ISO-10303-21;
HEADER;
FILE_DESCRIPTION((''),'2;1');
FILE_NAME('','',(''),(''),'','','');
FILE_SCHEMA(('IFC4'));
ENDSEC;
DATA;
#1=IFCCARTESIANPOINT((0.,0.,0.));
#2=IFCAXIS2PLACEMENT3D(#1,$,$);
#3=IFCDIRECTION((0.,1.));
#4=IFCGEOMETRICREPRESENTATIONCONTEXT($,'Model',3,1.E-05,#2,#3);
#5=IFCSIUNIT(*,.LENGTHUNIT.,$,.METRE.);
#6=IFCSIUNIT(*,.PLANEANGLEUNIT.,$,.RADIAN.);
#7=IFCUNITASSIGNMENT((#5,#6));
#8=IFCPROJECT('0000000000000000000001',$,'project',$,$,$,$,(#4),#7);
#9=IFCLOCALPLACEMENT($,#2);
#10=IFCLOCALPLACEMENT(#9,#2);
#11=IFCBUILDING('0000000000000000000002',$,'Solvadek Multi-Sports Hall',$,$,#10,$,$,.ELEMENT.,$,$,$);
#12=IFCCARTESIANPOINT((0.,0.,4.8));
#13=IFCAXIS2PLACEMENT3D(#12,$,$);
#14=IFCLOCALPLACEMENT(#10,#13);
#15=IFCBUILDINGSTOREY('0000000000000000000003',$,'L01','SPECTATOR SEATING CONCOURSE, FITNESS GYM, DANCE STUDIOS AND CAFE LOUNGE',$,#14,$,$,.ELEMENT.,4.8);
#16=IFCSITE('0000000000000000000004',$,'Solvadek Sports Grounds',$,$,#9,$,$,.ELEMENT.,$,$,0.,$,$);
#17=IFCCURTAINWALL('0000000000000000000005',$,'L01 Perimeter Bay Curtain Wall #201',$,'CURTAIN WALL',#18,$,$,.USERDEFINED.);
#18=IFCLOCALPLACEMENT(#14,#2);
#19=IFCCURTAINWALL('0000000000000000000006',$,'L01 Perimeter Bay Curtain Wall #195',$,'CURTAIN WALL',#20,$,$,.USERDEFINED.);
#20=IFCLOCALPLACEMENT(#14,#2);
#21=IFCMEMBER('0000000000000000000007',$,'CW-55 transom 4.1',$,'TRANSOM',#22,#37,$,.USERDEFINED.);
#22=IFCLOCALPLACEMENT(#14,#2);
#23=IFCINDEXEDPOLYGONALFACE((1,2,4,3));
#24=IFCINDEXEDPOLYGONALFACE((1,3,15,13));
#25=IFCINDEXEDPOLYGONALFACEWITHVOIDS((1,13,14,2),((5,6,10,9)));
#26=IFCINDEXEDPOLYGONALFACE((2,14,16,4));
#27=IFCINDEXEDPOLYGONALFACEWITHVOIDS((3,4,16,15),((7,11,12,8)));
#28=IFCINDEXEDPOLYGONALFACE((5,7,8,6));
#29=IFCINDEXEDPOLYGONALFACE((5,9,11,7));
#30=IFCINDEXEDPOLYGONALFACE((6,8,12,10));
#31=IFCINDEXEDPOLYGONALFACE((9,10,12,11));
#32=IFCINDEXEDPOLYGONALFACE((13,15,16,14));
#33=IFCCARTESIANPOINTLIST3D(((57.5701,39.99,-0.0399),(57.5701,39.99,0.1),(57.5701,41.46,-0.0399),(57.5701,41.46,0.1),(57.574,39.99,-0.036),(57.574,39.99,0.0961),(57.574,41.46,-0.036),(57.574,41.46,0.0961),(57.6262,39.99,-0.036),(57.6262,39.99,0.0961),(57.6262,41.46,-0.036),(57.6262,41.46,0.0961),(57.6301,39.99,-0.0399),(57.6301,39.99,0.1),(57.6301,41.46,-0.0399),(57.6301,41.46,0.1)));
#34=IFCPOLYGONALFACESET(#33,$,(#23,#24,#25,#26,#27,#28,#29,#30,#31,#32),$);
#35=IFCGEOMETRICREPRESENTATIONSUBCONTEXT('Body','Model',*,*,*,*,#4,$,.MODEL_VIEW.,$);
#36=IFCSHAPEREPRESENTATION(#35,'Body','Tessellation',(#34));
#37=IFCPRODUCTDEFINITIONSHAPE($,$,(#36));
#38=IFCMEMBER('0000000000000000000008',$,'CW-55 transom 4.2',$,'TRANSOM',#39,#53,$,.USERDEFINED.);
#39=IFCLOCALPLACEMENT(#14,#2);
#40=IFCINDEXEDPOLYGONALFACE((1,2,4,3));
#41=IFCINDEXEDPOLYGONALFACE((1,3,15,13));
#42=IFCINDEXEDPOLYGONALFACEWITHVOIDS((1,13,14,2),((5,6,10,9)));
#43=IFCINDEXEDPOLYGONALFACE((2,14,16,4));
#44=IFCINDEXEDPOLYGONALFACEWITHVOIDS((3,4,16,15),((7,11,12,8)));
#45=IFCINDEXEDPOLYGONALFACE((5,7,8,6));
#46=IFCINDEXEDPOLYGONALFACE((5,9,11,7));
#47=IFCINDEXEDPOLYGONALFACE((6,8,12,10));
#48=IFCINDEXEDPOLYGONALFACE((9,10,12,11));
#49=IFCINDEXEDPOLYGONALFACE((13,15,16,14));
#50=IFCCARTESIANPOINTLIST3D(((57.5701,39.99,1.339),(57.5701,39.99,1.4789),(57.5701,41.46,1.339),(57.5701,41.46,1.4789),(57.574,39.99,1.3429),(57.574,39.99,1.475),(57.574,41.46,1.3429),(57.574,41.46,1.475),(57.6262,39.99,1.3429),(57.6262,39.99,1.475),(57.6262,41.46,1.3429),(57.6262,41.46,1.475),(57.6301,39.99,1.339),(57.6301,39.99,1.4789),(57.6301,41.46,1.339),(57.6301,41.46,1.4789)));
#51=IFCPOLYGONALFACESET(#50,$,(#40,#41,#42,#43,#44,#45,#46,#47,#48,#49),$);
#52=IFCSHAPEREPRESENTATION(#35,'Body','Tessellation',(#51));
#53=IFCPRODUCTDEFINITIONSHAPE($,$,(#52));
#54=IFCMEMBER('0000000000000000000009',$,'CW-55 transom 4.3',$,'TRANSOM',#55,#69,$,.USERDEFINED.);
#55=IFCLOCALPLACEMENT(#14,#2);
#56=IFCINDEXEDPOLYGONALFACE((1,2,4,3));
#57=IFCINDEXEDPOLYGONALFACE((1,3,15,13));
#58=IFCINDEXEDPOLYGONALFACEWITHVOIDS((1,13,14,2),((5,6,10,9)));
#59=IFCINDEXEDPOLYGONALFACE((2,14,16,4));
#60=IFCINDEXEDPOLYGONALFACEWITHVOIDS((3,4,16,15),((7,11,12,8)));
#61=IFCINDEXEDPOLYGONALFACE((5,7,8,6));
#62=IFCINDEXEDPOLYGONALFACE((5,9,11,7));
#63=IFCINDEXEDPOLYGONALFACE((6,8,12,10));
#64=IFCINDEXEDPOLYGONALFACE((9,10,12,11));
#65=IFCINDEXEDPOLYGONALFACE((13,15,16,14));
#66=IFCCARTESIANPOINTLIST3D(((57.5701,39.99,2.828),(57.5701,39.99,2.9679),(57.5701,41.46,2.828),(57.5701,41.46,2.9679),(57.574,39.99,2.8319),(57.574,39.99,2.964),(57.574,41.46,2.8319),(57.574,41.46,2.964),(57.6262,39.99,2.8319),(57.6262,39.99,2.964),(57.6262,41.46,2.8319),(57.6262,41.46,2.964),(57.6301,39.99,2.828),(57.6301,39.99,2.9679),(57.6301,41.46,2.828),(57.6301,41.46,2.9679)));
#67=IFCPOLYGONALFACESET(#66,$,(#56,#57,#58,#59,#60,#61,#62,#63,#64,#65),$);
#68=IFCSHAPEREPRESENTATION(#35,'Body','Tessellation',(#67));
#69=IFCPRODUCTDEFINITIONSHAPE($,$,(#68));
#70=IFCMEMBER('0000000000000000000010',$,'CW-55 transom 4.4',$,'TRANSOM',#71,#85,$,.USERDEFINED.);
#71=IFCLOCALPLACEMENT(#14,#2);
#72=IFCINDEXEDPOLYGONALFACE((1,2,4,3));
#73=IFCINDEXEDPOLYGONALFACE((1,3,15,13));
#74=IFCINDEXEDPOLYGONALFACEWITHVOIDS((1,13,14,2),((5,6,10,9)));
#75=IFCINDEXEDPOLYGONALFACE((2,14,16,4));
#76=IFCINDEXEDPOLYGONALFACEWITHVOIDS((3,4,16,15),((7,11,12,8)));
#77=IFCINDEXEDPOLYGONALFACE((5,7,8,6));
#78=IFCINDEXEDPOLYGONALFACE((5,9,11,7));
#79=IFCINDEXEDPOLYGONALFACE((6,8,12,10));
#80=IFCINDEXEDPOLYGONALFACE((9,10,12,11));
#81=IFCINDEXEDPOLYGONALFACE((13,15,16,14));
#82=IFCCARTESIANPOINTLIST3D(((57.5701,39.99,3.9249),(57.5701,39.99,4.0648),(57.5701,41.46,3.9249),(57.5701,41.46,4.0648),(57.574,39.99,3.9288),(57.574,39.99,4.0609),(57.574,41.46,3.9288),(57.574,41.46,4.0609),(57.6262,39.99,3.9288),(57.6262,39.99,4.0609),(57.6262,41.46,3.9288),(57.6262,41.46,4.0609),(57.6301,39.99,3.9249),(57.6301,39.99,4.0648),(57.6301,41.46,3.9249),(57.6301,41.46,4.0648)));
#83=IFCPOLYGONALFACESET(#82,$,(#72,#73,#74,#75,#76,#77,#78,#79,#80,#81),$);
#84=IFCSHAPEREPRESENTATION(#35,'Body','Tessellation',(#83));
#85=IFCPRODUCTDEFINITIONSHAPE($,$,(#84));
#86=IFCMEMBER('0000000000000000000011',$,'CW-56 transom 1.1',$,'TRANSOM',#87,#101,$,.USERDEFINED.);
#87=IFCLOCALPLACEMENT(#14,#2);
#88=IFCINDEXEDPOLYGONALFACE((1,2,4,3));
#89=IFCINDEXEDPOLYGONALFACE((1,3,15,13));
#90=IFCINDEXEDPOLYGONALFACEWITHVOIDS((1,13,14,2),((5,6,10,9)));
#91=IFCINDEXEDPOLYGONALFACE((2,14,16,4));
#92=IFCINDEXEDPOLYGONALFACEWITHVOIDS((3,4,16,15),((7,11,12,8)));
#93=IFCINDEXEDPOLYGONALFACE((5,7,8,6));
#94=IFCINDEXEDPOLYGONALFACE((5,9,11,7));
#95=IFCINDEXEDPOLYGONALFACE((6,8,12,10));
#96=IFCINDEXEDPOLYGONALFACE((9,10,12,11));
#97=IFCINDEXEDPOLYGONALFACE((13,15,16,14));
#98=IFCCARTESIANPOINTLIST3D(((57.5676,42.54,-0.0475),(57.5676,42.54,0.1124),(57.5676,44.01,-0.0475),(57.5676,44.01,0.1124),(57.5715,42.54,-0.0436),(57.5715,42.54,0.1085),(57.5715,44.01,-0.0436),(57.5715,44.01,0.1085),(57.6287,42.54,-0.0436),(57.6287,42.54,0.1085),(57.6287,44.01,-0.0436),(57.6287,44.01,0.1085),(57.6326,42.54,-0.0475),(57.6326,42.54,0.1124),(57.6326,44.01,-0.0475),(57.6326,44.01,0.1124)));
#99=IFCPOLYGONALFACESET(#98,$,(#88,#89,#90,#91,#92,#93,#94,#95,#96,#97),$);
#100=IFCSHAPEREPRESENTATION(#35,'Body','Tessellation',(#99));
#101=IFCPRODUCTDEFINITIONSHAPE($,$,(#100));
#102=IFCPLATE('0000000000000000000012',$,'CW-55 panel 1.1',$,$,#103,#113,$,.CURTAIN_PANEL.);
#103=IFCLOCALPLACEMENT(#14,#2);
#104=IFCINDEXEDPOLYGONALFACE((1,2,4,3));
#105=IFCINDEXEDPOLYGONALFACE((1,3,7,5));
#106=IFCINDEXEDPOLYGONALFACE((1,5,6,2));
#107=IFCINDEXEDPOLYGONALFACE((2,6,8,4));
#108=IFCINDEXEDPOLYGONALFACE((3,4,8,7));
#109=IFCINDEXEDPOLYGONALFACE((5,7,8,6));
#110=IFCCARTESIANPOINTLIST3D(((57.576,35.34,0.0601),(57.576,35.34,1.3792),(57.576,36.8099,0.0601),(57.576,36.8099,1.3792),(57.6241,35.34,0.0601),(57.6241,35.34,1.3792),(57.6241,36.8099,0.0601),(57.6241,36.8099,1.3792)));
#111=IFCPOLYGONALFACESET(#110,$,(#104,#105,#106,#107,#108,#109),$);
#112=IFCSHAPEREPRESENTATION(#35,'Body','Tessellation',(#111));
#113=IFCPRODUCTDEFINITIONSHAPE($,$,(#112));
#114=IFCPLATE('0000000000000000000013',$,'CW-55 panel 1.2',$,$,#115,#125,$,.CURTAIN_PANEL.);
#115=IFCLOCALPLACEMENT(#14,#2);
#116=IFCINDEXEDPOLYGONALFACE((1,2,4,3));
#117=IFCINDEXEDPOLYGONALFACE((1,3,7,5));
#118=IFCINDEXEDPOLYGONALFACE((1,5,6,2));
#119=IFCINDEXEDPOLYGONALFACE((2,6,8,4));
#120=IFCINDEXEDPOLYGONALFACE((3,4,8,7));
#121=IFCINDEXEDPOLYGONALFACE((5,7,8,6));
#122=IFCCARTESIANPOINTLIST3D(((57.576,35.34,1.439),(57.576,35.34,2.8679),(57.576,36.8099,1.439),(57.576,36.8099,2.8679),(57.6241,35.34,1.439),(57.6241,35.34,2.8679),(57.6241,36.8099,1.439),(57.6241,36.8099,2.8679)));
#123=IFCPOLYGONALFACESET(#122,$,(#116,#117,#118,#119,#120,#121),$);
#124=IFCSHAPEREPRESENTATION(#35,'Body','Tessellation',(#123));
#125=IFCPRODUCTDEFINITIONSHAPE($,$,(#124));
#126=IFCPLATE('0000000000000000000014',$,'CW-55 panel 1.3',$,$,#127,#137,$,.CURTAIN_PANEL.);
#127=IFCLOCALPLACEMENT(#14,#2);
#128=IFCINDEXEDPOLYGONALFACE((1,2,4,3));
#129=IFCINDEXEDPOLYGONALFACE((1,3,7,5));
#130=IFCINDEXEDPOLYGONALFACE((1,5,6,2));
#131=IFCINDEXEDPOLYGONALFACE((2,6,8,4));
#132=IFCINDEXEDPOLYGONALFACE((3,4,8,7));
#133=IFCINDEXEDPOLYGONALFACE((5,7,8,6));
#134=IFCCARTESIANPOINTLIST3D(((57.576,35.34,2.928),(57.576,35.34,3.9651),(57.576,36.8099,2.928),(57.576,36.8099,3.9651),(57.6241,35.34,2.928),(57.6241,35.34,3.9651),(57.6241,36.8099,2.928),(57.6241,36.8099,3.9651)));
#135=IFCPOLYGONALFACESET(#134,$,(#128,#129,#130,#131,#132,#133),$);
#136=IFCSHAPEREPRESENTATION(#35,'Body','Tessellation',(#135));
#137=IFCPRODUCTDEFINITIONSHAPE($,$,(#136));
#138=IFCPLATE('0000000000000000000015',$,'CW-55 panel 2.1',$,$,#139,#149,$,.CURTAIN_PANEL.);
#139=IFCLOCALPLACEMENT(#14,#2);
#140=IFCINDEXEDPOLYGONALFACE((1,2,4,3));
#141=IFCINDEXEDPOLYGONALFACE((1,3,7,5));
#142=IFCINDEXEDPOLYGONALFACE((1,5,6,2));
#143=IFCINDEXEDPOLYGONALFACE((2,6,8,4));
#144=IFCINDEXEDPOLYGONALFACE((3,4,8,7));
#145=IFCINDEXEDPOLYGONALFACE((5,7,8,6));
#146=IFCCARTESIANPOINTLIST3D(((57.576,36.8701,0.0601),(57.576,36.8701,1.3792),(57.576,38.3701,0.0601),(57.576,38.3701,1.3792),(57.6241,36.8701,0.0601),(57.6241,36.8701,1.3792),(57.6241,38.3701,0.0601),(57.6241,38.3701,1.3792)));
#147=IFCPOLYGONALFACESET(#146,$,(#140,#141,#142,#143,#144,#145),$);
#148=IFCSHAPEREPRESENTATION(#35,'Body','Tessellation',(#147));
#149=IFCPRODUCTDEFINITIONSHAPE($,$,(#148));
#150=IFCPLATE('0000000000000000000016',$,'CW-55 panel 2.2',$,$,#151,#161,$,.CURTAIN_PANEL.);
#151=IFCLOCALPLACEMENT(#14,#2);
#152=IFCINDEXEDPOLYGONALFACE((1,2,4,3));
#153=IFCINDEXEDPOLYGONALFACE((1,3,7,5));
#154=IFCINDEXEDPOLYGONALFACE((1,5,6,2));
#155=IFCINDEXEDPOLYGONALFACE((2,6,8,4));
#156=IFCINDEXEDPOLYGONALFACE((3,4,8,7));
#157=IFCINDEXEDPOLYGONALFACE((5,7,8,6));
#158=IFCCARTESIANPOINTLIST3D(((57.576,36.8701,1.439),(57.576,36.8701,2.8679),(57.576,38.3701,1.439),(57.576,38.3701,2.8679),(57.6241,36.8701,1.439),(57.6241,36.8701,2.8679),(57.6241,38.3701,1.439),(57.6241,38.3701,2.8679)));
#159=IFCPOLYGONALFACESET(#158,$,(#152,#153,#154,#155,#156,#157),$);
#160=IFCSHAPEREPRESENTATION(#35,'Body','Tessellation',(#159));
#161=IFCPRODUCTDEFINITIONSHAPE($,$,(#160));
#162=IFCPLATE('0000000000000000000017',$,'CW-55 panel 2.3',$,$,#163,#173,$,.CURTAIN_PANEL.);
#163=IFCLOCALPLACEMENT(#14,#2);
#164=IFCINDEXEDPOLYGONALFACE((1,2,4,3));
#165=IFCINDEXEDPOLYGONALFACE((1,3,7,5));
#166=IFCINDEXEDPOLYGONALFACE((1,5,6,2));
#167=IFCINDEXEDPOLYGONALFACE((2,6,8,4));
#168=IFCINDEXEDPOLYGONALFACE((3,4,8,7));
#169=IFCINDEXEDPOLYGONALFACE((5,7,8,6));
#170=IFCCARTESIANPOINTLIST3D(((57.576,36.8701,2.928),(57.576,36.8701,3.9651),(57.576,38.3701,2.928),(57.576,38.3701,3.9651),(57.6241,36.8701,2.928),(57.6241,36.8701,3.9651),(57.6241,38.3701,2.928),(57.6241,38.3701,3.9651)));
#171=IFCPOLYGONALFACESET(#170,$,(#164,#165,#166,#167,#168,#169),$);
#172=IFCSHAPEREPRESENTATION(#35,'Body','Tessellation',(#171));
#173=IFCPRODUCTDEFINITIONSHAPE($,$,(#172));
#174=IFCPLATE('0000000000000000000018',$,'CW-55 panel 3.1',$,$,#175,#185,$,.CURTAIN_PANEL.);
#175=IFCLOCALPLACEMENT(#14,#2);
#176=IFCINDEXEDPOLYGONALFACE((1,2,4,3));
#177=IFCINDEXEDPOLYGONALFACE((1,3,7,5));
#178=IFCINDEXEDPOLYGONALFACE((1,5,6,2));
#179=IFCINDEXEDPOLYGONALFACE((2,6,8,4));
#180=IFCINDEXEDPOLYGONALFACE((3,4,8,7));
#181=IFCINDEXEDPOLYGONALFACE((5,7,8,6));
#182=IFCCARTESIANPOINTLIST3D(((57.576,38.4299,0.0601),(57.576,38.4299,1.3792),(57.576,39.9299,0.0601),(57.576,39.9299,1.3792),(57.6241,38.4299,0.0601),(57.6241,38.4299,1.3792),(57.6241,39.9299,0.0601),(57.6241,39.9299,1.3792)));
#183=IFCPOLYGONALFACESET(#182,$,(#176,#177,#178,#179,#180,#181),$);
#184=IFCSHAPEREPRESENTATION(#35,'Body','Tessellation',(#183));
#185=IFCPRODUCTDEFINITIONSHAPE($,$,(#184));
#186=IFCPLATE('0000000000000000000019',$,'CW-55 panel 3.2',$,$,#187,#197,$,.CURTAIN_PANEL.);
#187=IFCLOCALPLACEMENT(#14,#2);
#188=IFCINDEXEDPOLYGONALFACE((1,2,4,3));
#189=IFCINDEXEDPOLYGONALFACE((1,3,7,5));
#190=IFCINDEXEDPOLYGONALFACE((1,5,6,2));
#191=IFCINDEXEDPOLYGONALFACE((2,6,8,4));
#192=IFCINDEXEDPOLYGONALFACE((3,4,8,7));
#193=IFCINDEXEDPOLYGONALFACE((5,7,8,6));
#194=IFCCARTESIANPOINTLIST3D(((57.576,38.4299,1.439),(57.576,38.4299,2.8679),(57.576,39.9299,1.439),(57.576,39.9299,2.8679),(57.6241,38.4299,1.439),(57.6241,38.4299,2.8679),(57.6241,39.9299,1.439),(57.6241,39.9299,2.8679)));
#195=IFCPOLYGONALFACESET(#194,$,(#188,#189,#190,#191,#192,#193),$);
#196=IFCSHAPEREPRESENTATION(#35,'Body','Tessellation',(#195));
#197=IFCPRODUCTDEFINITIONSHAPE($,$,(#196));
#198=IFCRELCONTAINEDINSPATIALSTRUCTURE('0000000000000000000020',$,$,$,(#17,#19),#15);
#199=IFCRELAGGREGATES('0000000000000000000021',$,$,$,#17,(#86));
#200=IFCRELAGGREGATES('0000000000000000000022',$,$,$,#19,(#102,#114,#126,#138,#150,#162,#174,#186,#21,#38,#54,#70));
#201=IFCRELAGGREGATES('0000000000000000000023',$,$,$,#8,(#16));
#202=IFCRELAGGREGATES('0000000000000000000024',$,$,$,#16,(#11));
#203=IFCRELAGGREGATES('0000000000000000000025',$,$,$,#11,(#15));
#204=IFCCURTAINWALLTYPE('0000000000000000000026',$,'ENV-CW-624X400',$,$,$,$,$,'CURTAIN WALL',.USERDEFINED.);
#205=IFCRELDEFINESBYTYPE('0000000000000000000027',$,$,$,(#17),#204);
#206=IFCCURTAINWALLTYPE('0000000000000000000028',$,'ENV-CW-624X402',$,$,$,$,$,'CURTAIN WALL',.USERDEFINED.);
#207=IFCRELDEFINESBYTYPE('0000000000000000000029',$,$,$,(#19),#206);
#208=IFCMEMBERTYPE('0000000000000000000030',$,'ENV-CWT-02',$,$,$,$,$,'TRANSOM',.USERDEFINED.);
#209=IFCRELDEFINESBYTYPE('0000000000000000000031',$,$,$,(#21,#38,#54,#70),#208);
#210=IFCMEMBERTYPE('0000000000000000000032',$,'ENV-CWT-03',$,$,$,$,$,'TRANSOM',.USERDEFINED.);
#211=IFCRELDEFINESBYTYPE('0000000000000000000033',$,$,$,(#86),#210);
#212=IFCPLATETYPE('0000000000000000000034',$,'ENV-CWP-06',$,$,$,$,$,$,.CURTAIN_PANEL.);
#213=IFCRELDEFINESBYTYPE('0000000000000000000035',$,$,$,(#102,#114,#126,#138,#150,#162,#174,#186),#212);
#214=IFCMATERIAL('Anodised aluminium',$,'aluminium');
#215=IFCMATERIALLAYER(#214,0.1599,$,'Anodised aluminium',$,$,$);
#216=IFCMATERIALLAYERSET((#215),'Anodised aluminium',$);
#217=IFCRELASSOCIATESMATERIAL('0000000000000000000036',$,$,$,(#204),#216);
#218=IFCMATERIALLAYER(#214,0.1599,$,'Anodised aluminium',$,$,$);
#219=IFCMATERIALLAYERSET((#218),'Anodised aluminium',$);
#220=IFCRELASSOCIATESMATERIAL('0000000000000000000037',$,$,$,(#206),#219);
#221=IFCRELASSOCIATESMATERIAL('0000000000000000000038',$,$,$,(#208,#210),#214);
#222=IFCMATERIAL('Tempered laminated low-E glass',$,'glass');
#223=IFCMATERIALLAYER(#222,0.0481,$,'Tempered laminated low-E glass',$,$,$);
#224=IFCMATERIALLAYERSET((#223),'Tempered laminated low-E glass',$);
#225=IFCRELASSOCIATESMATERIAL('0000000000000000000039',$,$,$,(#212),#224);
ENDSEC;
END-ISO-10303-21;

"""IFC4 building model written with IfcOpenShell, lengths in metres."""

from ifc_helpers import new_model, si_unit, direction, frame, origin, origin_2d, place, context, subcontext, project, spatial, rectangle, hollow_rectangle, extrude, material, layer, layer_set, material_profile, profile_set, type_object, element, aggregate, save


model = new_model("IFC4")

# Units and contexts
model_context = context("Model", 3, precision=1e-05, world=origin(), true_north=direction((0.0, 1.0)))
body_context = subcontext(model_context, "Body", "Model", "MODEL_VIEW")
ifc_project = project(units=[si_unit("LENGTHUNIT", "METRE"), si_unit("PLANEANGLEUNIT", "RADIAN")], contexts=[model_context])

# Site, building, storey
site_placement = place(None, origin())
site = spatial("IfcSite", under=ifc_project, at=site_placement, Name="Solvadek Sports Grounds", CompositionType="ELEMENT", RefElevation=0.0)
building_placement = place(site_placement, origin())
building = spatial("IfcBuilding", under=site, at=building_placement, Name="Solvadek Multi-Sports Hall", CompositionType="ELEMENT")
storey_placement = place(building_placement, frame((0.0, 0.0, 4.8)))
storey = spatial("IfcBuildingStorey", under=building, at=storey_placement, Name="L01", Description="SPECTATOR SEATING CONCOURSE, FITNESS GYM, DANCE STUDIOS AND CAFE LOUNGE", CompositionType="ELEMENT", Elevation=4.8)

# Curtain wall
ifc_material_1 = material(Name="Anodised aluminium", Category="aluminium")
ifc_layer_1 = layer(ifc_material_1, 0.1599, Name="Anodised aluminium")
ifc_layer_set_1 = layer_set([ifc_layer_1], Name="Anodised aluminium")
curtain_wall_type_1 = type_object("IfcCurtainWallType", Name="ENV-CW-624X400", ElementType="CURTAIN WALL", PredefinedType="USERDEFINED", material=ifc_layer_set_1)
curtain_wall_1_placement = place(storey_placement, origin())
curtain_wall_1 = element("IfcCurtainWall", 1, at=curtain_wall_1_placement, inside=storey, type_object=curtain_wall_type_1, Name="L01 Perimeter Bay Curtain Wall #201", ObjectType="CURTAIN WALL", PredefinedType="USERDEFINED")

# Curtain wall, members
ifc_layer_2 = layer(ifc_material_1, 0.1599, Name="Anodised aluminium")
ifc_layer_set_2 = layer_set([ifc_layer_2], Name="Anodised aluminium")
curtain_wall_type_2 = type_object("IfcCurtainWallType", Name="ENV-CW-624X402", ElementType="CURTAIN WALL", PredefinedType="USERDEFINED", material=ifc_layer_set_2)
curtain_wall_2_placement = place(storey_placement, origin())
curtain_wall_2 = element("IfcCurtainWall", 2, at=curtain_wall_2_placement, inside=storey, type_object=curtain_wall_type_2, Name="L01 Perimeter Bay Curtain Wall #195", ObjectType="CURTAIN WALL", PredefinedType="USERDEFINED")
ifc_material_profile_1 = material_profile(ifc_material_1, hollow_rectangle(XDim=0.0601, YDim=0.1399, WallThickness=0.0039, at=origin_2d()), Name="ALU-T 140x60x4")
ifc_profile_set_1 = profile_set([ifc_material_profile_1], Name="Anodised aluminium")
member_type_1 = type_object("IfcMemberType", Name="ENV-CWT-02", ElementType="TRANSOM", PredefinedType="USERDEFINED", material=ifc_profile_set_1)
member_1_placement = place(storey_placement, frame((57.6001, 39.99, 0.03), z_axis=(0.0, 1.0, 0.0), x_axis=(-1.0, 0.0, 0.0)))
member_1 = element("IfcMember", 3, at=member_1_placement, type_object=member_type_1, Name="CW-55 transom 4.1", ObjectType="TRANSOM", PredefinedType="USERDEFINED", context=body_context, shape_type="SweptSolid", body=[
    extrude(hollow_rectangle(XDim=0.0601, YDim=0.1399, WallThickness=0.0039, at=origin_2d()), origin(), (0.0, 0.0, 1.0), 1.47),
])
member_2_placement = place(storey_placement, frame((57.6001, 39.99, 1.4089), z_axis=(0.0, 1.0, 0.0), x_axis=(-1.0, 0.0, 0.0)))
member_2 = element("IfcMember", 4, at=member_2_placement, type_object=member_type_1, Name="CW-55 transom 4.2", ObjectType="TRANSOM", PredefinedType="USERDEFINED", context=body_context, shape_type="SweptSolid", body=[
    extrude(hollow_rectangle(XDim=0.0601, YDim=0.1399, WallThickness=0.0039, at=origin_2d()), origin(), (0.0, 0.0, 1.0), 1.47),
])
member_3_placement = place(storey_placement, frame((57.6001, 39.99, 2.8979), z_axis=(0.0, 1.0, 0.0), x_axis=(-1.0, 0.0, 0.0)))
member_3 = element("IfcMember", 5, at=member_3_placement, type_object=member_type_1, Name="CW-55 transom 4.3", ObjectType="TRANSOM", PredefinedType="USERDEFINED", context=body_context, shape_type="SweptSolid", body=[
    extrude(hollow_rectangle(XDim=0.0601, YDim=0.1399, WallThickness=0.0039, at=origin_2d()), origin(), (0.0, 0.0, 1.0), 1.47),
])
member_4_placement = place(storey_placement, frame((57.6001, 39.99, 3.9949), z_axis=(0.0, 1.0, 0.0), x_axis=(-1.0, 0.0, 0.0)))
member_4 = element("IfcMember", 6, at=member_4_placement, type_object=member_type_1, Name="CW-55 transom 4.4", ObjectType="TRANSOM", PredefinedType="USERDEFINED", context=body_context, shape_type="SweptSolid", body=[
    extrude(hollow_rectangle(XDim=0.0601, YDim=0.1399, WallThickness=0.0039, at=origin_2d()), origin(), (0.0, 0.0, 1.0), 1.47),
])

# Member
ifc_material_profile_2 = material_profile(ifc_material_1, hollow_rectangle(XDim=0.0649, YDim=0.1599, WallThickness=0.0039, at=origin_2d()), Name="ALU-T 160x65x4")
ifc_profile_set_2 = profile_set([ifc_material_profile_2], Name="Anodised aluminium")
member_type_2 = type_object("IfcMemberType", Name="ENV-CWT-03", ElementType="TRANSOM", PredefinedType="USERDEFINED", material=ifc_profile_set_2)
member_5_placement = place(storey_placement, frame((57.6001, 42.54, 0.0325), z_axis=(0.0, 1.0, 0.0), x_axis=(-1.0, 0.0, 0.0)))
member_5 = element("IfcMember", 7, at=member_5_placement, type_object=member_type_2, Name="CW-56 transom 1.1", ObjectType="TRANSOM", PredefinedType="USERDEFINED", context=body_context, shape_type="SweptSolid", body=[
    extrude(hollow_rectangle(XDim=0.0649, YDim=0.1599, WallThickness=0.0039, at=origin_2d()), origin(), (0.0, 0.0, 1.0), 1.47),
])
aggregate(curtain_wall_1, [member_5])

# Plates
ifc_material_2 = material(Name="Tempered laminated low-E glass", Category="glass")
ifc_layer_3 = layer(ifc_material_2, 0.0481, Name="Tempered laminated low-E glass")
ifc_layer_set_3 = layer_set([ifc_layer_3], Name="Tempered laminated low-E glass")
plate_type = type_object("IfcPlateType", Name="ENV-CWP-06", PredefinedType="CURTAIN_PANEL", material=ifc_layer_set_3)
plate_1_placement = place(storey_placement, frame((57.6001, 36.075, 0.0601), z_axis=(0.0, 0.0, 1.0), x_axis=(0.0, 1.0, 0.0)))
plate_1 = element("IfcPlate", 8, at=plate_1_placement, type_object=plate_type, Name="CW-55 panel 1.1", PredefinedType="CURTAIN_PANEL", context=body_context, shape_type="SweptSolid", body=[
    extrude(rectangle(XDim=1.47, YDim=0.0481, at=origin_2d()), origin(), (0.0, 0.0, 1.0), 1.3191),
])
plate_2_placement = place(storey_placement, frame((57.6001, 36.075, 1.439), z_axis=(0.0, 0.0, 1.0), x_axis=(0.0, 1.0, 0.0)))
plate_2 = element("IfcPlate", 9, at=plate_2_placement, type_object=plate_type, Name="CW-55 panel 1.2", PredefinedType="CURTAIN_PANEL", context=body_context, shape_type="SweptSolid", body=[
    extrude(rectangle(XDim=1.47, YDim=0.0481, at=origin_2d()), origin(), (0.0, 0.0, 1.0), 1.429),
])
plate_3_placement = place(storey_placement, frame((57.6001, 36.075, 2.928), z_axis=(0.0, 0.0, 1.0), x_axis=(0.0, 1.0, 0.0)))
plate_3 = element("IfcPlate", 10, at=plate_3_placement, type_object=plate_type, Name="CW-55 panel 1.3", PredefinedType="CURTAIN_PANEL", context=body_context, shape_type="SweptSolid", body=[
    extrude(rectangle(XDim=1.47, YDim=0.0481, at=origin_2d()), origin(), (0.0, 0.0, 1.0), 1.0371),
])
plate_4_placement = place(storey_placement, frame((57.6001, 37.6201, 0.0601), z_axis=(0.0, 0.0, 1.0), x_axis=(0.0, 1.0, 0.0)))
plate_4 = element("IfcPlate", 11, at=plate_4_placement, type_object=plate_type, Name="CW-55 panel 2.1", PredefinedType="CURTAIN_PANEL", context=body_context, shape_type="SweptSolid", body=[
    extrude(rectangle(XDim=1.5, YDim=0.0481, at=origin_2d()), origin(), (0.0, 0.0, 1.0), 1.3191),
])
plate_5_placement = place(storey_placement, frame((57.6001, 37.6201, 1.439), z_axis=(0.0, 0.0, 1.0), x_axis=(0.0, 1.0, 0.0)))
plate_5 = element("IfcPlate", 12, at=plate_5_placement, type_object=plate_type, Name="CW-55 panel 2.2", PredefinedType="CURTAIN_PANEL", context=body_context, shape_type="SweptSolid", body=[
    extrude(rectangle(XDim=1.5, YDim=0.0481, at=origin_2d()), origin(), (0.0, 0.0, 1.0), 1.429),
])
plate_6_placement = place(storey_placement, frame((57.6001, 37.6201, 2.928), z_axis=(0.0, 0.0, 1.0), x_axis=(0.0, 1.0, 0.0)))
plate_6 = element("IfcPlate", 13, at=plate_6_placement, type_object=plate_type, Name="CW-55 panel 2.3", PredefinedType="CURTAIN_PANEL", context=body_context, shape_type="SweptSolid", body=[
    extrude(rectangle(XDim=1.5, YDim=0.0481, at=origin_2d()), origin(), (0.0, 0.0, 1.0), 1.0371),
])
plate_7_placement = place(storey_placement, frame((57.6001, 39.1799, 0.0601), z_axis=(0.0, 0.0, 1.0), x_axis=(0.0, 1.0, 0.0)))
plate_7 = element("IfcPlate", 14, at=plate_7_placement, type_object=plate_type, Name="CW-55 panel 3.1", PredefinedType="CURTAIN_PANEL", context=body_context, shape_type="SweptSolid", body=[
    extrude(rectangle(XDim=1.5, YDim=0.0481, at=origin_2d()), origin(), (0.0, 0.0, 1.0), 1.3191),
])
plate_8_placement = place(storey_placement, frame((57.6001, 39.1799, 1.439), z_axis=(0.0, 0.0, 1.0), x_axis=(0.0, 1.0, 0.0)))
plate_8 = element("IfcPlate", 15, at=plate_8_placement, type_object=plate_type, Name="CW-55 panel 3.2", PredefinedType="CURTAIN_PANEL", context=body_context, shape_type="SweptSolid", body=[
    extrude(rectangle(XDim=1.5, YDim=0.0481, at=origin_2d()), origin(), (0.0, 0.0, 1.0), 1.429),
])
aggregate(curtain_wall_2, [plate_1, plate_2, plate_3, plate_4, plate_5, plate_6, plate_7, plate_8, member_1, member_2, member_3, member_4])

save(model, "model.ifc")
